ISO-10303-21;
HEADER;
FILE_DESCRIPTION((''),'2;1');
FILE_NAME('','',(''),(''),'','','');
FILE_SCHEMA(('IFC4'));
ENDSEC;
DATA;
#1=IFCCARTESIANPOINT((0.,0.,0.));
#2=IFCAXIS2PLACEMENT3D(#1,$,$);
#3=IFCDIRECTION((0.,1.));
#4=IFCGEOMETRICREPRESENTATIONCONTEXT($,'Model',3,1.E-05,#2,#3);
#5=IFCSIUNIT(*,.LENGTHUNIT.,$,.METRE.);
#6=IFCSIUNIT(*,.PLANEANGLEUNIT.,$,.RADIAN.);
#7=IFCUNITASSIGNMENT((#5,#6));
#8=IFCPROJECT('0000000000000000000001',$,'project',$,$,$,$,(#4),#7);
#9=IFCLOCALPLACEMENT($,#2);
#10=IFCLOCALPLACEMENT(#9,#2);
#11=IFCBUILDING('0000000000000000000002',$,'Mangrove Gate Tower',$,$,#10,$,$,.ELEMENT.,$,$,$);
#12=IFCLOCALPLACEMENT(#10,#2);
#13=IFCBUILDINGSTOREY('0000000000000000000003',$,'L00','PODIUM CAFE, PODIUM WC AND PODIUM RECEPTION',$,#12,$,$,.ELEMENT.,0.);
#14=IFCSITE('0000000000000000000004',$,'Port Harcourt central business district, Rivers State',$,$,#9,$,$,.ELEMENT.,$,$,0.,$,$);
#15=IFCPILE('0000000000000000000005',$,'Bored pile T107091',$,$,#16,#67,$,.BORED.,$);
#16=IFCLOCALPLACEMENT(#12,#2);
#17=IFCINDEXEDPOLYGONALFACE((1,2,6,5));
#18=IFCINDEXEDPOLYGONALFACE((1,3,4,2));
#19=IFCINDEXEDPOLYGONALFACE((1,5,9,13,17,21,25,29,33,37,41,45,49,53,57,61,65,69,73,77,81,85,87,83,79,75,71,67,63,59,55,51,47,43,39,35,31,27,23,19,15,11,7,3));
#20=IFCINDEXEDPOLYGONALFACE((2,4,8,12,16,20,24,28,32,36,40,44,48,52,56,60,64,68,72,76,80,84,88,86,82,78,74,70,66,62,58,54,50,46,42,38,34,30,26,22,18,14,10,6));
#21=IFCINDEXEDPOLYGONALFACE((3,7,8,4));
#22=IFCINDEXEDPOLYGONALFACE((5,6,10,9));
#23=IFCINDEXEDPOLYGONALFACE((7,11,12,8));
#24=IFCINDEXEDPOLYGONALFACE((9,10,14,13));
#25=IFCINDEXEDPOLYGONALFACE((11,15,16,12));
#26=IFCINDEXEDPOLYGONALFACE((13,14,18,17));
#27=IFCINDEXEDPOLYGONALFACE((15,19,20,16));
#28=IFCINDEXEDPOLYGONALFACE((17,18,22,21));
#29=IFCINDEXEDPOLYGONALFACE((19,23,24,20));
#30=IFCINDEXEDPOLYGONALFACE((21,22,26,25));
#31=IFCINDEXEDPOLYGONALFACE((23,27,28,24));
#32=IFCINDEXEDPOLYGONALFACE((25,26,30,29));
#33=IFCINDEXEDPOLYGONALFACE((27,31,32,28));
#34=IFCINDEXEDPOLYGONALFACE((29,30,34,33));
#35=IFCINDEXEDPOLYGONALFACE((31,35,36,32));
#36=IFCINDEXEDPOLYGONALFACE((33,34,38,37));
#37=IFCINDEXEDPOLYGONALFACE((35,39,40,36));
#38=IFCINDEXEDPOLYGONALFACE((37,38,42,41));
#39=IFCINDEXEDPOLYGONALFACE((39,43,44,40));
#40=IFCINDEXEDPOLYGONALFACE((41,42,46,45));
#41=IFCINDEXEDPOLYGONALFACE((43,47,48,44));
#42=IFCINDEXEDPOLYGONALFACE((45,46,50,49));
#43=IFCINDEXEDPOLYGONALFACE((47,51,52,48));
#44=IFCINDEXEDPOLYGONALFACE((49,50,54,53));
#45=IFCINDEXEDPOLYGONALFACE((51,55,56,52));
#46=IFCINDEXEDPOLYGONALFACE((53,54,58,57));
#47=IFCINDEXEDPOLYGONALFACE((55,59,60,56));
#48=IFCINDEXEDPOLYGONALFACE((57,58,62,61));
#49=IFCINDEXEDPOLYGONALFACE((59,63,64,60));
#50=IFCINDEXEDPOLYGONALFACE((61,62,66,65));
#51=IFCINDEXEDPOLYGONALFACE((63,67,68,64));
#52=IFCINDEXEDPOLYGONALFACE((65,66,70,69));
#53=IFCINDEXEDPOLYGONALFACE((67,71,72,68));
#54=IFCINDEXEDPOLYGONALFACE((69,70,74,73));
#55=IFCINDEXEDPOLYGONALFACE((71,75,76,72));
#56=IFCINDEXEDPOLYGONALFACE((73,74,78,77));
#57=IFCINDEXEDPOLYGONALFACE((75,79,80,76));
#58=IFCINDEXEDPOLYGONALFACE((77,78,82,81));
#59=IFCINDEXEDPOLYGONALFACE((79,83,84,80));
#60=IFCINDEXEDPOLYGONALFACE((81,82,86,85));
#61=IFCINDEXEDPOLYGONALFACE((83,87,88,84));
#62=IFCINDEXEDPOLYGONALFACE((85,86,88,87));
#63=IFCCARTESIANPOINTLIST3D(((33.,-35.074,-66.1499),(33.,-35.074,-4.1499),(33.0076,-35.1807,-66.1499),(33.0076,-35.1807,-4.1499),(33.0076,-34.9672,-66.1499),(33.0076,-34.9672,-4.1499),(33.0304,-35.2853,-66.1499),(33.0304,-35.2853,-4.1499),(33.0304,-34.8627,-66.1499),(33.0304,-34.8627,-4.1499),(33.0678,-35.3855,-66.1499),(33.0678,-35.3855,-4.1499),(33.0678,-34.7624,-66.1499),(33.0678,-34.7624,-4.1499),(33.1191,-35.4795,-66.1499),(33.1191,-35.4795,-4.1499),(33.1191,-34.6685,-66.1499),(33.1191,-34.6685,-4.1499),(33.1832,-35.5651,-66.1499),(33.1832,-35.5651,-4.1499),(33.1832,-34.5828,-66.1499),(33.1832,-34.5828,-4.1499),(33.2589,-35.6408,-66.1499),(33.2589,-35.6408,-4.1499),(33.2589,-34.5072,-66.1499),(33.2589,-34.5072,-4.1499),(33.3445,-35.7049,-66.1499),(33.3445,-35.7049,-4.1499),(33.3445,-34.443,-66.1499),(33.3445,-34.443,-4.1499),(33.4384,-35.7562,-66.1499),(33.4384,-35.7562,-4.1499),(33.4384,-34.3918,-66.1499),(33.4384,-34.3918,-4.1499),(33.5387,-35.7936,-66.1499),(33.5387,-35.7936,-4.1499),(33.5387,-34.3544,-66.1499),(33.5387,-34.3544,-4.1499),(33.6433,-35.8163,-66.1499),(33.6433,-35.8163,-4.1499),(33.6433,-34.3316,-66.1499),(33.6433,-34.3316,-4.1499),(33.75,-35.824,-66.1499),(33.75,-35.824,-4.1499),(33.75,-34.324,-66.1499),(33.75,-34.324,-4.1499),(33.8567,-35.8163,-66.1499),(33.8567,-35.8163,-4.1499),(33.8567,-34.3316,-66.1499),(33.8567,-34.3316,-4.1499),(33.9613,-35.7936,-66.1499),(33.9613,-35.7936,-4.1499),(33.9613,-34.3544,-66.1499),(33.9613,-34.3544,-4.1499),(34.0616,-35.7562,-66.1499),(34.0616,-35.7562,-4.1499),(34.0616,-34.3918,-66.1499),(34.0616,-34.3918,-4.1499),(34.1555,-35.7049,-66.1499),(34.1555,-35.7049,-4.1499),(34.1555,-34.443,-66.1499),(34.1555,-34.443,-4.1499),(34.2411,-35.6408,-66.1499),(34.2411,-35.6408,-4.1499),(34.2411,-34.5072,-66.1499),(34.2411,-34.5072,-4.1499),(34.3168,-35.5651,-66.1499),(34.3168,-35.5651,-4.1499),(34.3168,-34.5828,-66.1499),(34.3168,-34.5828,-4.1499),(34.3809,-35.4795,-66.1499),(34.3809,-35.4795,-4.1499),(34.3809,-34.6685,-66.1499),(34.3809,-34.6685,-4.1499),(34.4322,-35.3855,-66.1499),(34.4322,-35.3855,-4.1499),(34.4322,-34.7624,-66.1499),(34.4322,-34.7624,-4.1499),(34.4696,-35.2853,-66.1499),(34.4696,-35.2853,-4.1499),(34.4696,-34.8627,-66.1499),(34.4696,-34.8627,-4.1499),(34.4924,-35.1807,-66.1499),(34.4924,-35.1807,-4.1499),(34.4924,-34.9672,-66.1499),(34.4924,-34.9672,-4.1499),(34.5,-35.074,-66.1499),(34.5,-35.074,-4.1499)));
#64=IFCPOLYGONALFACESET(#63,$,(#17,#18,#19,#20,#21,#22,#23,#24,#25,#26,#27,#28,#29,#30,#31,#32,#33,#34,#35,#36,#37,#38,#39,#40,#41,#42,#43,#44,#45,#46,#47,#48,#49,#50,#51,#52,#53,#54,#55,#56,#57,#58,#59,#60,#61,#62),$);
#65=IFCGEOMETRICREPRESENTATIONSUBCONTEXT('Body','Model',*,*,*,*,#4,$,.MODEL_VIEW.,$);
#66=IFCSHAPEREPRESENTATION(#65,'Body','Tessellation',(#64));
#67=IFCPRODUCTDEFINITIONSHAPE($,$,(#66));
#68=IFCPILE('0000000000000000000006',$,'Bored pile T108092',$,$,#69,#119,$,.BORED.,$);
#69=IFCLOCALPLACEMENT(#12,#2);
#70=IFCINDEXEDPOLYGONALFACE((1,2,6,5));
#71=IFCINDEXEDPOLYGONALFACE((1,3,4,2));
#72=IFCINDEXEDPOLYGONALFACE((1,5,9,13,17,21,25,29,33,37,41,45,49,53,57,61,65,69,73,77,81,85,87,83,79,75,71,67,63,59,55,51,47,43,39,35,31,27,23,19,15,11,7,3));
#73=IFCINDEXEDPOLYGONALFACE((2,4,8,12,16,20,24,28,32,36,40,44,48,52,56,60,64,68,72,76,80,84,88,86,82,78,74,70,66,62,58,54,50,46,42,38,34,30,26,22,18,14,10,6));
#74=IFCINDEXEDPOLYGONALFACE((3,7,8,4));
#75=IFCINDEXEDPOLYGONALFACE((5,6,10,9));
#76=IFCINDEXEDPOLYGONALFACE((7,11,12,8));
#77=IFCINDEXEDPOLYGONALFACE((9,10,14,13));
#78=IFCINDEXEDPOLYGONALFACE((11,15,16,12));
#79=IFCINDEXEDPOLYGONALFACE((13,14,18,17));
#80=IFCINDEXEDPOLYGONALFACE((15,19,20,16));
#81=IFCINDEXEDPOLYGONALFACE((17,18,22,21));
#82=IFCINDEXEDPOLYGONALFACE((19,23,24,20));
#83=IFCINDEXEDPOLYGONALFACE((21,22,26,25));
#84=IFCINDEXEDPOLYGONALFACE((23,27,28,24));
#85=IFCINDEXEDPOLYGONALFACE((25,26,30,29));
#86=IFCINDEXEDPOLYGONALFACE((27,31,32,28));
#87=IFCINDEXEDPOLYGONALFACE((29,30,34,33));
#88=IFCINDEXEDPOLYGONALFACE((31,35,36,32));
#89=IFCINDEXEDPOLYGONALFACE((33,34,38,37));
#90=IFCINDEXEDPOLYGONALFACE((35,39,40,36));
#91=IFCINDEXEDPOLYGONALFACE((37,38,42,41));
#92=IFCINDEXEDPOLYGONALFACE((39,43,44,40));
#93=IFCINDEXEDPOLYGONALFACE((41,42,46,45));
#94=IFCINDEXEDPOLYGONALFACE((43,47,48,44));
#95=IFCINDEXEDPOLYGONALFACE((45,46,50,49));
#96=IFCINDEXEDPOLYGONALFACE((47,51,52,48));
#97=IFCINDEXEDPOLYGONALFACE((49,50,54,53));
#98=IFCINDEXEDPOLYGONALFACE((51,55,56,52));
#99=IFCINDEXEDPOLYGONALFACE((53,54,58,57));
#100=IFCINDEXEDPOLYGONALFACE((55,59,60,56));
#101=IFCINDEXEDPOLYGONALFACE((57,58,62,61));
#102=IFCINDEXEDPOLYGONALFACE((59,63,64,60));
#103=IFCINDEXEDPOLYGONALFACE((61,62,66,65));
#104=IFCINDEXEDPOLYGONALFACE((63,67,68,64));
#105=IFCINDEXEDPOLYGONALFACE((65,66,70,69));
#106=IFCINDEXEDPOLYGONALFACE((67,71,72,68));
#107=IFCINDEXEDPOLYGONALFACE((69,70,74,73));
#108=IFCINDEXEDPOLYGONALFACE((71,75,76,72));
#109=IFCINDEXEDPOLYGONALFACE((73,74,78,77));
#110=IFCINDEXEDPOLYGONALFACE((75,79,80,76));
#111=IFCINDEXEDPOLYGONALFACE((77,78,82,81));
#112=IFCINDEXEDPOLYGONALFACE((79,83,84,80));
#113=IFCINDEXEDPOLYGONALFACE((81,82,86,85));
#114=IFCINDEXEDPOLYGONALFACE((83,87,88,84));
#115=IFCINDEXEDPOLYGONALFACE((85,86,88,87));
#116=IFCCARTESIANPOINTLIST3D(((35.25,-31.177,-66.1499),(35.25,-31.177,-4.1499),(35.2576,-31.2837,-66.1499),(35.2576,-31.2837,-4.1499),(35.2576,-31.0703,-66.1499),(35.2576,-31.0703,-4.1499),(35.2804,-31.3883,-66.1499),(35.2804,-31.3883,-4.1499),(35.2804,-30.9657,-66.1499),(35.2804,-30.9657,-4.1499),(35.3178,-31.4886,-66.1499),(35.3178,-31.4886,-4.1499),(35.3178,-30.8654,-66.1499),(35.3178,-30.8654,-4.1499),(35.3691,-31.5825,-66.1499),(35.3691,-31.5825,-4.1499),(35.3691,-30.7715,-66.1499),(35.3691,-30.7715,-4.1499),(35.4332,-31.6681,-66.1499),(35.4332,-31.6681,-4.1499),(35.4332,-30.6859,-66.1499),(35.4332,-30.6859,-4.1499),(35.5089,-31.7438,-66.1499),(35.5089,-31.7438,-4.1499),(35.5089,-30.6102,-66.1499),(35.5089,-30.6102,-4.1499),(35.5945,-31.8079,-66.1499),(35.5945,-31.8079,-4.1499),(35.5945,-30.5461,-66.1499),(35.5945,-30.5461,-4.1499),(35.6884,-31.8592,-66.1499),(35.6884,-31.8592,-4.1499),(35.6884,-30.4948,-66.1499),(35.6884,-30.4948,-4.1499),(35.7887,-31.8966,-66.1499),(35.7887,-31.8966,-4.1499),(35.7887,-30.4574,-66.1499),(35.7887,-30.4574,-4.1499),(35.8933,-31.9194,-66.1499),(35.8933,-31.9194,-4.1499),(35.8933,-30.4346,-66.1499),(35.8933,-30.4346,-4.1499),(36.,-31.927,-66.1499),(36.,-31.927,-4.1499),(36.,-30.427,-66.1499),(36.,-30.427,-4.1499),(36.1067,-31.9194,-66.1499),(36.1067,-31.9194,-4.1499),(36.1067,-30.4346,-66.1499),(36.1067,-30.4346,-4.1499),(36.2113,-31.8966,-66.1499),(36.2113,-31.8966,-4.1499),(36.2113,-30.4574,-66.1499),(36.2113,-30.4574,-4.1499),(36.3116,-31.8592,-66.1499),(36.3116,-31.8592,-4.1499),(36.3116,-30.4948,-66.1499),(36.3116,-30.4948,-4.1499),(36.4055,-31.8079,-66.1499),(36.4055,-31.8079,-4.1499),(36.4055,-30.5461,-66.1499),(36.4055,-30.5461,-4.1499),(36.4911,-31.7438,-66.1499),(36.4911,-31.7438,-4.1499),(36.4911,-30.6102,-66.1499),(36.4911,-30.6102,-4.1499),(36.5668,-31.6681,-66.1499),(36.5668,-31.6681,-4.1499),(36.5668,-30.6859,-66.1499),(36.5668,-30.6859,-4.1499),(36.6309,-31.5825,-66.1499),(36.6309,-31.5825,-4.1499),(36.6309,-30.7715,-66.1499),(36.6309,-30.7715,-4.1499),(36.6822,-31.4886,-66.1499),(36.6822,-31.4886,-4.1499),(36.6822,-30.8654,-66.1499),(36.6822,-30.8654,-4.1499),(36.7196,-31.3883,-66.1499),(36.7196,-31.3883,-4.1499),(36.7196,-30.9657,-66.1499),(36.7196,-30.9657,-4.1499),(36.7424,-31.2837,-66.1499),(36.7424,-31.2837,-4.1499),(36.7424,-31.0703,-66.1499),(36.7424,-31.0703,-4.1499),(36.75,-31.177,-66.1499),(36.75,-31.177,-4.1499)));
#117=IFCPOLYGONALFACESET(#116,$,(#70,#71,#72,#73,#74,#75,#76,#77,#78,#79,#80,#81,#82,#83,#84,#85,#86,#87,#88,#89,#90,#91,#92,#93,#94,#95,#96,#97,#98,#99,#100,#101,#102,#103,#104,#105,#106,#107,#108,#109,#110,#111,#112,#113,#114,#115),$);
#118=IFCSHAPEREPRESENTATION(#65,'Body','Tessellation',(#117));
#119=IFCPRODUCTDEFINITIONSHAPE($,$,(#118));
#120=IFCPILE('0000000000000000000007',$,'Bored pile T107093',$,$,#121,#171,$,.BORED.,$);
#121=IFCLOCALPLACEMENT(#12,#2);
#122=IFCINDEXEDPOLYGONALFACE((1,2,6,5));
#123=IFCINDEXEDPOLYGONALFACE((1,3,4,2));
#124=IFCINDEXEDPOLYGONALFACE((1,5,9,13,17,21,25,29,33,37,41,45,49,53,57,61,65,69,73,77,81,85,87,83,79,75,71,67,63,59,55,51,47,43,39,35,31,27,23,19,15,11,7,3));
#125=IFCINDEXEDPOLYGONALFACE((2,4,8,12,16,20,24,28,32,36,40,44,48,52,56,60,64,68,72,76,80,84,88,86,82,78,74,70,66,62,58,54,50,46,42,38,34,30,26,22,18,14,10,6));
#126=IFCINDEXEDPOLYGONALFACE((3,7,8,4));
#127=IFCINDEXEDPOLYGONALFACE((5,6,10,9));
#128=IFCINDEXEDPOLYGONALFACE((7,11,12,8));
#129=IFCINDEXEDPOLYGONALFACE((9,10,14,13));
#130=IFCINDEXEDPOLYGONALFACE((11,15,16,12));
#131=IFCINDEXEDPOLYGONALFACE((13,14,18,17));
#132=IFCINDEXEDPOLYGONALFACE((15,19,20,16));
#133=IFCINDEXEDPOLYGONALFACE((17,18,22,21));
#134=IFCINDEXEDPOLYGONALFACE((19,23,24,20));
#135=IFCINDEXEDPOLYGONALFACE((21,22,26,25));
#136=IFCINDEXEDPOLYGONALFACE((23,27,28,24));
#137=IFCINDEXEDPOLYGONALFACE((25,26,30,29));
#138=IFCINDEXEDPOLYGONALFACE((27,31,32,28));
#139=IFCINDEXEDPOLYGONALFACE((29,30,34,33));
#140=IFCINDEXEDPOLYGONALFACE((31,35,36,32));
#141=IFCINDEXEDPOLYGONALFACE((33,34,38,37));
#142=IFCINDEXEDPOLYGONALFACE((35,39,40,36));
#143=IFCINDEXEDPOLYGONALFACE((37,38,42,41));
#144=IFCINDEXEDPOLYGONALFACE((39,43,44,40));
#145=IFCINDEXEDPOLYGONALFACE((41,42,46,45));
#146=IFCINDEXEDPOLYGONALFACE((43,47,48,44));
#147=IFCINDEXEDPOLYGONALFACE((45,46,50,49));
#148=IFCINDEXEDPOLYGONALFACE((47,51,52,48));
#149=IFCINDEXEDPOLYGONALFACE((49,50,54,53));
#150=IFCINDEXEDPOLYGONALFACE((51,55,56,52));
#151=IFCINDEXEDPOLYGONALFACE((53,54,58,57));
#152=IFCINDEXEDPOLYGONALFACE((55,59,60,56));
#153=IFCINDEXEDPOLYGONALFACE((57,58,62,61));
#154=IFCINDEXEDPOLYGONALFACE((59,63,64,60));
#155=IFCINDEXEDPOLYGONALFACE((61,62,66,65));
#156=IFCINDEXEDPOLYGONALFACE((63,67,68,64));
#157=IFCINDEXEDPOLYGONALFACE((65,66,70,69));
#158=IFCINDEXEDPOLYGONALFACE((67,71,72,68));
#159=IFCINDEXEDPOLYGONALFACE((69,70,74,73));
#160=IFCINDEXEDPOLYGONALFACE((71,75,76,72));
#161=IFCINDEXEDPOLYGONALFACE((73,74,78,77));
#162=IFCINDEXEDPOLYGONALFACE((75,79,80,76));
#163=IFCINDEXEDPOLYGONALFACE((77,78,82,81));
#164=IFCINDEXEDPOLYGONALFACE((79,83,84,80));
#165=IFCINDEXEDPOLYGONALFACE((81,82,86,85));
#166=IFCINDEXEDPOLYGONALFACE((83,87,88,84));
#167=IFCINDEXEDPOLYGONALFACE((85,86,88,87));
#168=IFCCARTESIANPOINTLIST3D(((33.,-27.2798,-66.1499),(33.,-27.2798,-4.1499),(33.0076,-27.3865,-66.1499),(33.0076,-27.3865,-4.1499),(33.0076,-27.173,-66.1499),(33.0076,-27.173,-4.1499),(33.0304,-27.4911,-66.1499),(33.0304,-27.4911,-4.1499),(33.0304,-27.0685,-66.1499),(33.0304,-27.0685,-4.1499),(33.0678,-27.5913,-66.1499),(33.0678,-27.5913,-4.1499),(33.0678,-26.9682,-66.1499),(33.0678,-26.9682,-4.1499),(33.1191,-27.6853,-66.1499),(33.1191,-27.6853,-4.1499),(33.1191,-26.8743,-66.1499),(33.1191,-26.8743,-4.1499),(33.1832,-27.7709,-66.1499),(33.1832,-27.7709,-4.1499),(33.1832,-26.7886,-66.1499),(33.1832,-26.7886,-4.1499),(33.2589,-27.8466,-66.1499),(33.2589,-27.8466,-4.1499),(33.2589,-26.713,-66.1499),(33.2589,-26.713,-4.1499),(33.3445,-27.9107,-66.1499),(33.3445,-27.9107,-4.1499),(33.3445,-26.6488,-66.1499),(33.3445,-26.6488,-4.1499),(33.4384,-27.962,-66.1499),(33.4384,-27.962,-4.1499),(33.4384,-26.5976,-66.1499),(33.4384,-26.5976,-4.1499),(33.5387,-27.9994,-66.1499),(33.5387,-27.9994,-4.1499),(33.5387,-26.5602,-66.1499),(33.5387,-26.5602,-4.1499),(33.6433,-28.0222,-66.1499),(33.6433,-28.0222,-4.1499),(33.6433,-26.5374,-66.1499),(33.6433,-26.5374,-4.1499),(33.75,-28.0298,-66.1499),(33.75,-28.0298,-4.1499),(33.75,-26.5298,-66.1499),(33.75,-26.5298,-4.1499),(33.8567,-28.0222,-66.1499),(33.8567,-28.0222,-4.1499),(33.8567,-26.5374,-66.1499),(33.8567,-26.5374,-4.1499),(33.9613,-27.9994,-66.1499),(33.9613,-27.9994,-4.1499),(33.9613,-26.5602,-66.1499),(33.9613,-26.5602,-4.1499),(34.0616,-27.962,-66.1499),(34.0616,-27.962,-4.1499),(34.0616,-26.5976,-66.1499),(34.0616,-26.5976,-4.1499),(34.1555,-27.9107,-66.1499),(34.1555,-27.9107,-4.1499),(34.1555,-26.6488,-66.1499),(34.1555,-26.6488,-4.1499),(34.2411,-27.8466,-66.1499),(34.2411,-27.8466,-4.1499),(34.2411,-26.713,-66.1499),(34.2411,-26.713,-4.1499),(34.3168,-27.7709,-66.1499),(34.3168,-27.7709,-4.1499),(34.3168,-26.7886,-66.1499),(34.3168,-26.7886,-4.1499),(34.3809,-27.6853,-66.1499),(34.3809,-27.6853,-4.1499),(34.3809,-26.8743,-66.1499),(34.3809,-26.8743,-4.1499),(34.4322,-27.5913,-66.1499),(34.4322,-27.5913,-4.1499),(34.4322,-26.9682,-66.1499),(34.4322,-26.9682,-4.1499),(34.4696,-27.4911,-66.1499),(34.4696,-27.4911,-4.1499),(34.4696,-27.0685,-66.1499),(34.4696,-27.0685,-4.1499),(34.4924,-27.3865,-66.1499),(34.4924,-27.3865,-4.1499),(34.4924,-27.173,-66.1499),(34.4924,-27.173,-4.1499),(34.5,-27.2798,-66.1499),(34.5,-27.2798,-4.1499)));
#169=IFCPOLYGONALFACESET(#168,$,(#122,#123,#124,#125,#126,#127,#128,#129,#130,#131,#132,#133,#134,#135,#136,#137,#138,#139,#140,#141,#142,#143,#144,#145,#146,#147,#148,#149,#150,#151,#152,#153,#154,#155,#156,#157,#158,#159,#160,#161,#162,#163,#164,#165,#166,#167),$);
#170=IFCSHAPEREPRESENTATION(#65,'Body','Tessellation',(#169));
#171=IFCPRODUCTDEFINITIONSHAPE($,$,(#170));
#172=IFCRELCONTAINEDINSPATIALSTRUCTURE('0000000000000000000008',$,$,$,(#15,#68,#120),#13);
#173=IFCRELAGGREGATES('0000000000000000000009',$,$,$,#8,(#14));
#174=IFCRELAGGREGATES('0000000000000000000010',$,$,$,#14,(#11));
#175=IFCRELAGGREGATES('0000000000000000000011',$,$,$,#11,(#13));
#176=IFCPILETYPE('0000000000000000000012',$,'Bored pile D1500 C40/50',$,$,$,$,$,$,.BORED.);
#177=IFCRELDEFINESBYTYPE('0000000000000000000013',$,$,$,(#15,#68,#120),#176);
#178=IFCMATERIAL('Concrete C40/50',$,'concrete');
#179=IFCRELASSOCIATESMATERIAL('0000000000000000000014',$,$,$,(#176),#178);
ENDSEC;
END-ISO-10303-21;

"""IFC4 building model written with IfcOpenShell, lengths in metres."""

from ifc_helpers import new_model, si_unit, direction, frame, origin, origin_2d, place, context, subcontext, project, spatial, circle, extrude, material, material_profile, profile_set, type_object, element, save


model = new_model("IFC4")

# Units and contexts
model_context = context("Model", 3, precision=1e-05, world=origin(), true_north=direction((0.0, 1.0)))
body_context = subcontext(model_context, "Body", "Model", "MODEL_VIEW")
ifc_project = project(units=[si_unit("LENGTHUNIT", "METRE"), si_unit("PLANEANGLEUNIT", "RADIAN")], contexts=[model_context])

# Site, building, storey
site_placement = place(None, origin())
site = spatial("IfcSite", under=ifc_project, at=site_placement, Name="Port Harcourt central business district, Rivers State", CompositionType="ELEMENT", RefElevation=0.0)
building_placement = place(site_placement, origin())
building = spatial("IfcBuilding", under=site, at=building_placement, Name="Mangrove Gate Tower", CompositionType="ELEMENT")
storey_placement = place(building_placement, origin())
storey = spatial("IfcBuildingStorey", under=building, at=storey_placement, Name="L00", Description="PODIUM CAFE, PODIUM WC AND PODIUM RECEPTION", CompositionType="ELEMENT", Elevation=0.0)

# Piles
ifc_material_1 = material(Name="Concrete C40/50", Category="concrete")
ifc_material_profile_1 = material_profile(ifc_material_1, circle(Radius=0.75, at=origin_2d()))
ifc_profile_set_1 = profile_set([ifc_material_profile_1], Name="Concrete C40/50")
pile_type = type_object("IfcPileType", Name="Bored pile D1500 C40/50", PredefinedType="BORED", material=ifc_profile_set_1)
for number, where, z_axis, x_axis, name in (
    (1, (33.75, -35.074, -4.1499), (0.0, 0.0, -1.0), (1.0, 0.0, 0.0), "Bored pile T107091"),
    (2, (36.0, -31.177, -4.1499), (0.0, 0.0, -1.0), (1.0, 0.0, 0.0), "Bored pile T108092"),
    (3, (33.75, -27.2798, -4.1499), (0.0, 0.0, -1.0), (1.0, 0.0, 0.0), "Bored pile T107093"),
):
    element("IfcPile", number, at=place(storey_placement, frame(where, z_axis=z_axis, x_axis=x_axis)), inside=storey, type_object=pile_type, Name=name, PredefinedType="BORED", context=body_context, shape_type="SweptSolid", body=[
        extrude(circle(Radius=0.75, at=origin_2d()), origin(), (0.0, 0.0, 1.0), 62.0),
    ])

save(model, "model.ifc")
